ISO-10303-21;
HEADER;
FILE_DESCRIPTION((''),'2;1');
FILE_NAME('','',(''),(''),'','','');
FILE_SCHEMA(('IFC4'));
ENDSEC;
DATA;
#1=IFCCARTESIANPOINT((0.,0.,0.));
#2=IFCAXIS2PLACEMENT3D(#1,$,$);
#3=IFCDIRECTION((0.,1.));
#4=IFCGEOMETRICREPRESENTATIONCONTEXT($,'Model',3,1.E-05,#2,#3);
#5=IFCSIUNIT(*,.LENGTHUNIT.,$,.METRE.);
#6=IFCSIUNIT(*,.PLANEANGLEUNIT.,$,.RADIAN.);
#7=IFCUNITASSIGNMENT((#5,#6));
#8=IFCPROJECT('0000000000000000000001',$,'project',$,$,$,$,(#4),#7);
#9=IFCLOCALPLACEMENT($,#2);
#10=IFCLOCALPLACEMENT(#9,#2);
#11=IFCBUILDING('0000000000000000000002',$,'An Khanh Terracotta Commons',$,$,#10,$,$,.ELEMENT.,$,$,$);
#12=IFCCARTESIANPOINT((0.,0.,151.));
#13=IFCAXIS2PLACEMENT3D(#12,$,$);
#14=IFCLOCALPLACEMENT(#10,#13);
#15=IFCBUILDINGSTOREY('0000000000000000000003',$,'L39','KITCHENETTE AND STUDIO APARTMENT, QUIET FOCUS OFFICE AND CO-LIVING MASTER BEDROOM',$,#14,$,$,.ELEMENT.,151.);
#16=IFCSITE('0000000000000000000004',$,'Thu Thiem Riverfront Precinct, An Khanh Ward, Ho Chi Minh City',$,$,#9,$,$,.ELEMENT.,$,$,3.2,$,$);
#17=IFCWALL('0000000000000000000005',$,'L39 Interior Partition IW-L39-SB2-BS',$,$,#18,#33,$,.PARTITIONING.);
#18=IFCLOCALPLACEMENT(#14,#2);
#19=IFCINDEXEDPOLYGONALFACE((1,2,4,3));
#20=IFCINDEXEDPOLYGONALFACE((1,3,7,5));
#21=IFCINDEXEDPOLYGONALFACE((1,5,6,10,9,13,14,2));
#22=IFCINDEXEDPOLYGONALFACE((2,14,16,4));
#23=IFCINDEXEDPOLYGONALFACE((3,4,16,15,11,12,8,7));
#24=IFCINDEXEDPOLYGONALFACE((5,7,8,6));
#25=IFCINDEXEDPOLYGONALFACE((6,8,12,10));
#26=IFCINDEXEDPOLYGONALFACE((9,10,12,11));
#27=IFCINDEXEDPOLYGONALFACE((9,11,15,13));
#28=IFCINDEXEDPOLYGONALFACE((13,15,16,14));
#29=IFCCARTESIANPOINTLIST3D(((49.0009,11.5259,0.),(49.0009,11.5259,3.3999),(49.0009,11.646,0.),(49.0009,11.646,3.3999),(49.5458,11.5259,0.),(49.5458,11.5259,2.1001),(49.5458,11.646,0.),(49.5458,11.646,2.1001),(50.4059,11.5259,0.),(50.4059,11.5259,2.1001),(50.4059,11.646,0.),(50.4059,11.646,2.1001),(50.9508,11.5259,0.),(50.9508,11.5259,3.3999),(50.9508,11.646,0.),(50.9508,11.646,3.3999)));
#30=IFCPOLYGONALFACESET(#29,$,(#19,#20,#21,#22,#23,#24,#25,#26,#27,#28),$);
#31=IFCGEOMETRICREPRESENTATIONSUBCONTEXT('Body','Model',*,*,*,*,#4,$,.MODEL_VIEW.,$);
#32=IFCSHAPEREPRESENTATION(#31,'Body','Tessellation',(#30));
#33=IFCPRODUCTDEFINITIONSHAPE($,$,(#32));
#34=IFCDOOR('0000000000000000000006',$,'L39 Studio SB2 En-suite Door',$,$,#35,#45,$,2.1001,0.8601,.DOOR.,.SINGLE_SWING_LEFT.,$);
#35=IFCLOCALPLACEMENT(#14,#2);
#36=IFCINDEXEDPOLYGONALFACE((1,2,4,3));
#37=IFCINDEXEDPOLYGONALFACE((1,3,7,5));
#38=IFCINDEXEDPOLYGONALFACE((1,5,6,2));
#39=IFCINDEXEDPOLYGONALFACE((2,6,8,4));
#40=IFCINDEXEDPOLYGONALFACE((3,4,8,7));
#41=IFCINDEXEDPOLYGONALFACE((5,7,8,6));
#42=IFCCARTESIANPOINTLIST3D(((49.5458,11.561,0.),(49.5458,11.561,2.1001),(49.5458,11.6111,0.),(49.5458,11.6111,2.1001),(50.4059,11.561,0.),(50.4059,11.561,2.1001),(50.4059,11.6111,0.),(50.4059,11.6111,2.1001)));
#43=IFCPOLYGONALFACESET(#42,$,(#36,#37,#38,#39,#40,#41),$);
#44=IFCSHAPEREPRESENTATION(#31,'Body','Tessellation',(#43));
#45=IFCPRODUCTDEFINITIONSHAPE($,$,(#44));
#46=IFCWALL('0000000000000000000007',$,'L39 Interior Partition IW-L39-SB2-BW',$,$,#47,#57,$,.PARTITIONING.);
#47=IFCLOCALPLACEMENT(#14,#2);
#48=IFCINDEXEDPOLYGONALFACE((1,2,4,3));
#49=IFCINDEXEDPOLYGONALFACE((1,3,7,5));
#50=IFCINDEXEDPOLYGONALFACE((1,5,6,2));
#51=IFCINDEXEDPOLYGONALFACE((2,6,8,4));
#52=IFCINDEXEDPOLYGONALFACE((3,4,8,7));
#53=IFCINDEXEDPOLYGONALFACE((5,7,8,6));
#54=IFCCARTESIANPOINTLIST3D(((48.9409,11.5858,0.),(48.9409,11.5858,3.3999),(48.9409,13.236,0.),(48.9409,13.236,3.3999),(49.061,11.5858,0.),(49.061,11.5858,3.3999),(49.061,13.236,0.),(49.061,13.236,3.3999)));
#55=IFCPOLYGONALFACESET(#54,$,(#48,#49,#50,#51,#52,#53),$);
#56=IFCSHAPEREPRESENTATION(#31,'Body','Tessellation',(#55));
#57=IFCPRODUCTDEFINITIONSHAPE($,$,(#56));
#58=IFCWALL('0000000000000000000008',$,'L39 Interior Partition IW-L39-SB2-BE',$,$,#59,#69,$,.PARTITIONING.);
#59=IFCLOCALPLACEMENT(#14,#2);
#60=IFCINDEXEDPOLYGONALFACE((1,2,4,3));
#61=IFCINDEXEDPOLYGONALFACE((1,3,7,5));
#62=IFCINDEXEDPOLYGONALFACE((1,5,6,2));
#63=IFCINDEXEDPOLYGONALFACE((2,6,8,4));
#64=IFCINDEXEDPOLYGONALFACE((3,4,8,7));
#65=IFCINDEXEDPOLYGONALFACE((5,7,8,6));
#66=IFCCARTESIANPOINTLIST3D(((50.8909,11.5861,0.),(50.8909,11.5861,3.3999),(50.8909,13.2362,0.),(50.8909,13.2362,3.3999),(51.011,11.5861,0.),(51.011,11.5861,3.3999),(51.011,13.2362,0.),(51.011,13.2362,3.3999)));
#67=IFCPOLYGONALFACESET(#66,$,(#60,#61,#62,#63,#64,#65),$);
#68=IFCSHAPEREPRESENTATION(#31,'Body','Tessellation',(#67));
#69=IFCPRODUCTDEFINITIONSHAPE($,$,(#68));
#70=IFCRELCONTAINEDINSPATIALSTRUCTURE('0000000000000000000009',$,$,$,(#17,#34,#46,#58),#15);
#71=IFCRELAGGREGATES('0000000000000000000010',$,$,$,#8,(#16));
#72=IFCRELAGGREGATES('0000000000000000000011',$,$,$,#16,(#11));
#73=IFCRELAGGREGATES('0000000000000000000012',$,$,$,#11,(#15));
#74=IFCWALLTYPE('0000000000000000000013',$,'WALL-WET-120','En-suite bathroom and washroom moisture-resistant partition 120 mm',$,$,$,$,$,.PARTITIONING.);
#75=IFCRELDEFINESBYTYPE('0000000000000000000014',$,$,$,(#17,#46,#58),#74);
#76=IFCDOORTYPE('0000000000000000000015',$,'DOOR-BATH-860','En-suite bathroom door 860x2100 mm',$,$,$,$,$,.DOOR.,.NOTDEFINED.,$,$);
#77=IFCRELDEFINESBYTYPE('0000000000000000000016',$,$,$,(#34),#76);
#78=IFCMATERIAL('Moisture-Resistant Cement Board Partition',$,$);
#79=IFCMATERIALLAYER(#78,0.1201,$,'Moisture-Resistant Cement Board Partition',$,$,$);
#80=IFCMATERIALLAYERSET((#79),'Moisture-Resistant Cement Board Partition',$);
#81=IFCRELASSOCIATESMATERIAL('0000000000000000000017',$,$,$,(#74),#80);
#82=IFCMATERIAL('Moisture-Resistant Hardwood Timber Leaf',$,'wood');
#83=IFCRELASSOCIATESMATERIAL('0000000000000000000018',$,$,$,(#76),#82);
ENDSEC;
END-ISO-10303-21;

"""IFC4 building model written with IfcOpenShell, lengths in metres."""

from ifc_helpers import new_model, si_unit, direction, frame, frame_2d, origin, place, context, subcontext, project, spatial, rectangle, extrude, material, layer, layer_set, type_object, element, fill, save


model = new_model("IFC4")

# Units and contexts
model_context = context("Model", 3, precision=1e-05, world=origin(), true_north=direction((0.0, 1.0)))
body_context = subcontext(model_context, "Body", "Model", "MODEL_VIEW")
ifc_project = project(units=[si_unit("LENGTHUNIT", "METRE"), si_unit("PLANEANGLEUNIT", "RADIAN")], contexts=[model_context])

# Site, building, storey
site_placement = place(None, origin())
site = spatial("IfcSite", under=ifc_project, at=site_placement, Name="Thu Thiem Riverfront Precinct, An Khanh Ward, Ho Chi Minh City", CompositionType="ELEMENT", RefElevation=3.2)
building_placement = place(site_placement, origin())
building = spatial("IfcBuilding", under=site, at=building_placement, Name="An Khanh Terracotta Commons", CompositionType="ELEMENT")
storey_placement = place(building_placement, frame((0.0, 0.0, 151.0)))
storey = spatial("IfcBuildingStorey", under=building, at=storey_placement, Name="L39", Description="KITCHENETTE AND STUDIO APARTMENT, QUIET FOCUS OFFICE AND CO-LIVING MASTER BEDROOM", CompositionType="ELEMENT", Elevation=151.0)

# Shared definitions
ifc_material_1 = material(Name="Moisture-Resistant Cement Board Partition")
ifc_layer_1 = layer(ifc_material_1, 0.1201, Name="Moisture-Resistant Cement Board Partition")
ifc_layer_set_1 = layer_set([ifc_layer_1], Name="Moisture-Resistant Cement Board Partition")
wall_type_1 = type_object("IfcWallType", Name="WALL-WET-120", Description="En-suite bathroom and washroom moisture-resistant partition 120 mm", PredefinedType="PARTITIONING", material=ifc_layer_set_1)
ifc_material_2 = material(Name="Moisture-Resistant Hardwood Timber Leaf", Category="wood")
door_type_1 = type_object("IfcDoorType", Name="DOOR-BATH-860", Description="En-suite bathroom door 860x2100 mm", OperationType="NOTDEFINED", PredefinedType="DOOR", material=ifc_material_2)

# Wall, opening, door
wall_1_placement = place(storey_placement, frame((50.9509, 11.5859, 0.0), z_axis=(0.0, 0.0, 1.0), x_axis=(-1.0, 0.0, 0.0)))
wall_1 = element("IfcWall", 1, at=wall_1_placement, inside=storey, type_object=wall_type_1, Name="L39 Interior Partition IW-L39-SB2-BS", PredefinedType="PARTITIONING", context=body_context, shape_type="SweptSolid", body=[
    extrude(rectangle(XDim=1.95, YDim=0.1201, at=frame_2d((0.9751, 0.0))), origin(), (0.0, 0.0, 1.0), 3.3999),
])
opening_1_placement = place(wall_1_placement, frame((0.5449, 0.0, 0.0)))
opening_1 = element("IfcOpeningElement", 2, at=opening_1_placement, cuts=wall_1, PredefinedType="OPENING", context=body_context, shape_type="SweptSolid", body=[
    extrude(rectangle(XDim=0.8601, YDim=2.1001, at=frame_2d((0.4302, 1.05))), frame((0.0, 0.0701, 0.0), z_axis=(0.0, -1.0, 0.0), x_axis=(1.0, 0.0, 0.0)), (0.0, 0.0, 1.0), 0.1401),
])
door_1_placement = place(opening_1_placement, origin())
door_1 = element("IfcDoor", 3, at=door_1_placement, inside=storey, type_object=door_type_1, Name="L39 Studio SB2 En-suite Door", OperationType="SINGLE_SWING_LEFT", OverallHeight=2.1001, OverallWidth=0.8601, PredefinedType="DOOR", context=body_context, shape_type="SweptSolid", body=[
    extrude(rectangle(XDim=0.8601, YDim=2.1001, at=frame_2d((0.4302, 1.05))), frame((0.0, 0.0249, 0.0), z_axis=(0.0, -1.0, 0.0), x_axis=(1.0, 0.0, 0.0)), (0.0, 0.0, 1.0), 0.05),
])
fill(opening_1, door_1)

# Walls
for number, where, z_axis, x_axis, name in (
    (4, (49.001, 13.2361, 0.0), (0.0, 0.0, 1.0), (0.0, -1.0, 0.0), "L39 Interior Partition IW-L39-SB2-BW"),
    (5, (50.9509, 11.5859, 0.0), (0.0, 0.0, 1.0), (0.0, 1.0, 0.0), "L39 Interior Partition IW-L39-SB2-BE"),
):
    element("IfcWall", number, at=place(storey_placement, frame(where, z_axis=z_axis, x_axis=x_axis)), inside=storey, type_object=wall_type_1, Name=name, PredefinedType="PARTITIONING", context=body_context, shape_type="SweptSolid", body=[
        extrude(rectangle(XDim=1.6501, YDim=0.1201, at=frame_2d((0.8252, 0.0))), origin(), (0.0, 0.0, 1.0), 3.3999),
    ])

save(model, "model.ifc")
